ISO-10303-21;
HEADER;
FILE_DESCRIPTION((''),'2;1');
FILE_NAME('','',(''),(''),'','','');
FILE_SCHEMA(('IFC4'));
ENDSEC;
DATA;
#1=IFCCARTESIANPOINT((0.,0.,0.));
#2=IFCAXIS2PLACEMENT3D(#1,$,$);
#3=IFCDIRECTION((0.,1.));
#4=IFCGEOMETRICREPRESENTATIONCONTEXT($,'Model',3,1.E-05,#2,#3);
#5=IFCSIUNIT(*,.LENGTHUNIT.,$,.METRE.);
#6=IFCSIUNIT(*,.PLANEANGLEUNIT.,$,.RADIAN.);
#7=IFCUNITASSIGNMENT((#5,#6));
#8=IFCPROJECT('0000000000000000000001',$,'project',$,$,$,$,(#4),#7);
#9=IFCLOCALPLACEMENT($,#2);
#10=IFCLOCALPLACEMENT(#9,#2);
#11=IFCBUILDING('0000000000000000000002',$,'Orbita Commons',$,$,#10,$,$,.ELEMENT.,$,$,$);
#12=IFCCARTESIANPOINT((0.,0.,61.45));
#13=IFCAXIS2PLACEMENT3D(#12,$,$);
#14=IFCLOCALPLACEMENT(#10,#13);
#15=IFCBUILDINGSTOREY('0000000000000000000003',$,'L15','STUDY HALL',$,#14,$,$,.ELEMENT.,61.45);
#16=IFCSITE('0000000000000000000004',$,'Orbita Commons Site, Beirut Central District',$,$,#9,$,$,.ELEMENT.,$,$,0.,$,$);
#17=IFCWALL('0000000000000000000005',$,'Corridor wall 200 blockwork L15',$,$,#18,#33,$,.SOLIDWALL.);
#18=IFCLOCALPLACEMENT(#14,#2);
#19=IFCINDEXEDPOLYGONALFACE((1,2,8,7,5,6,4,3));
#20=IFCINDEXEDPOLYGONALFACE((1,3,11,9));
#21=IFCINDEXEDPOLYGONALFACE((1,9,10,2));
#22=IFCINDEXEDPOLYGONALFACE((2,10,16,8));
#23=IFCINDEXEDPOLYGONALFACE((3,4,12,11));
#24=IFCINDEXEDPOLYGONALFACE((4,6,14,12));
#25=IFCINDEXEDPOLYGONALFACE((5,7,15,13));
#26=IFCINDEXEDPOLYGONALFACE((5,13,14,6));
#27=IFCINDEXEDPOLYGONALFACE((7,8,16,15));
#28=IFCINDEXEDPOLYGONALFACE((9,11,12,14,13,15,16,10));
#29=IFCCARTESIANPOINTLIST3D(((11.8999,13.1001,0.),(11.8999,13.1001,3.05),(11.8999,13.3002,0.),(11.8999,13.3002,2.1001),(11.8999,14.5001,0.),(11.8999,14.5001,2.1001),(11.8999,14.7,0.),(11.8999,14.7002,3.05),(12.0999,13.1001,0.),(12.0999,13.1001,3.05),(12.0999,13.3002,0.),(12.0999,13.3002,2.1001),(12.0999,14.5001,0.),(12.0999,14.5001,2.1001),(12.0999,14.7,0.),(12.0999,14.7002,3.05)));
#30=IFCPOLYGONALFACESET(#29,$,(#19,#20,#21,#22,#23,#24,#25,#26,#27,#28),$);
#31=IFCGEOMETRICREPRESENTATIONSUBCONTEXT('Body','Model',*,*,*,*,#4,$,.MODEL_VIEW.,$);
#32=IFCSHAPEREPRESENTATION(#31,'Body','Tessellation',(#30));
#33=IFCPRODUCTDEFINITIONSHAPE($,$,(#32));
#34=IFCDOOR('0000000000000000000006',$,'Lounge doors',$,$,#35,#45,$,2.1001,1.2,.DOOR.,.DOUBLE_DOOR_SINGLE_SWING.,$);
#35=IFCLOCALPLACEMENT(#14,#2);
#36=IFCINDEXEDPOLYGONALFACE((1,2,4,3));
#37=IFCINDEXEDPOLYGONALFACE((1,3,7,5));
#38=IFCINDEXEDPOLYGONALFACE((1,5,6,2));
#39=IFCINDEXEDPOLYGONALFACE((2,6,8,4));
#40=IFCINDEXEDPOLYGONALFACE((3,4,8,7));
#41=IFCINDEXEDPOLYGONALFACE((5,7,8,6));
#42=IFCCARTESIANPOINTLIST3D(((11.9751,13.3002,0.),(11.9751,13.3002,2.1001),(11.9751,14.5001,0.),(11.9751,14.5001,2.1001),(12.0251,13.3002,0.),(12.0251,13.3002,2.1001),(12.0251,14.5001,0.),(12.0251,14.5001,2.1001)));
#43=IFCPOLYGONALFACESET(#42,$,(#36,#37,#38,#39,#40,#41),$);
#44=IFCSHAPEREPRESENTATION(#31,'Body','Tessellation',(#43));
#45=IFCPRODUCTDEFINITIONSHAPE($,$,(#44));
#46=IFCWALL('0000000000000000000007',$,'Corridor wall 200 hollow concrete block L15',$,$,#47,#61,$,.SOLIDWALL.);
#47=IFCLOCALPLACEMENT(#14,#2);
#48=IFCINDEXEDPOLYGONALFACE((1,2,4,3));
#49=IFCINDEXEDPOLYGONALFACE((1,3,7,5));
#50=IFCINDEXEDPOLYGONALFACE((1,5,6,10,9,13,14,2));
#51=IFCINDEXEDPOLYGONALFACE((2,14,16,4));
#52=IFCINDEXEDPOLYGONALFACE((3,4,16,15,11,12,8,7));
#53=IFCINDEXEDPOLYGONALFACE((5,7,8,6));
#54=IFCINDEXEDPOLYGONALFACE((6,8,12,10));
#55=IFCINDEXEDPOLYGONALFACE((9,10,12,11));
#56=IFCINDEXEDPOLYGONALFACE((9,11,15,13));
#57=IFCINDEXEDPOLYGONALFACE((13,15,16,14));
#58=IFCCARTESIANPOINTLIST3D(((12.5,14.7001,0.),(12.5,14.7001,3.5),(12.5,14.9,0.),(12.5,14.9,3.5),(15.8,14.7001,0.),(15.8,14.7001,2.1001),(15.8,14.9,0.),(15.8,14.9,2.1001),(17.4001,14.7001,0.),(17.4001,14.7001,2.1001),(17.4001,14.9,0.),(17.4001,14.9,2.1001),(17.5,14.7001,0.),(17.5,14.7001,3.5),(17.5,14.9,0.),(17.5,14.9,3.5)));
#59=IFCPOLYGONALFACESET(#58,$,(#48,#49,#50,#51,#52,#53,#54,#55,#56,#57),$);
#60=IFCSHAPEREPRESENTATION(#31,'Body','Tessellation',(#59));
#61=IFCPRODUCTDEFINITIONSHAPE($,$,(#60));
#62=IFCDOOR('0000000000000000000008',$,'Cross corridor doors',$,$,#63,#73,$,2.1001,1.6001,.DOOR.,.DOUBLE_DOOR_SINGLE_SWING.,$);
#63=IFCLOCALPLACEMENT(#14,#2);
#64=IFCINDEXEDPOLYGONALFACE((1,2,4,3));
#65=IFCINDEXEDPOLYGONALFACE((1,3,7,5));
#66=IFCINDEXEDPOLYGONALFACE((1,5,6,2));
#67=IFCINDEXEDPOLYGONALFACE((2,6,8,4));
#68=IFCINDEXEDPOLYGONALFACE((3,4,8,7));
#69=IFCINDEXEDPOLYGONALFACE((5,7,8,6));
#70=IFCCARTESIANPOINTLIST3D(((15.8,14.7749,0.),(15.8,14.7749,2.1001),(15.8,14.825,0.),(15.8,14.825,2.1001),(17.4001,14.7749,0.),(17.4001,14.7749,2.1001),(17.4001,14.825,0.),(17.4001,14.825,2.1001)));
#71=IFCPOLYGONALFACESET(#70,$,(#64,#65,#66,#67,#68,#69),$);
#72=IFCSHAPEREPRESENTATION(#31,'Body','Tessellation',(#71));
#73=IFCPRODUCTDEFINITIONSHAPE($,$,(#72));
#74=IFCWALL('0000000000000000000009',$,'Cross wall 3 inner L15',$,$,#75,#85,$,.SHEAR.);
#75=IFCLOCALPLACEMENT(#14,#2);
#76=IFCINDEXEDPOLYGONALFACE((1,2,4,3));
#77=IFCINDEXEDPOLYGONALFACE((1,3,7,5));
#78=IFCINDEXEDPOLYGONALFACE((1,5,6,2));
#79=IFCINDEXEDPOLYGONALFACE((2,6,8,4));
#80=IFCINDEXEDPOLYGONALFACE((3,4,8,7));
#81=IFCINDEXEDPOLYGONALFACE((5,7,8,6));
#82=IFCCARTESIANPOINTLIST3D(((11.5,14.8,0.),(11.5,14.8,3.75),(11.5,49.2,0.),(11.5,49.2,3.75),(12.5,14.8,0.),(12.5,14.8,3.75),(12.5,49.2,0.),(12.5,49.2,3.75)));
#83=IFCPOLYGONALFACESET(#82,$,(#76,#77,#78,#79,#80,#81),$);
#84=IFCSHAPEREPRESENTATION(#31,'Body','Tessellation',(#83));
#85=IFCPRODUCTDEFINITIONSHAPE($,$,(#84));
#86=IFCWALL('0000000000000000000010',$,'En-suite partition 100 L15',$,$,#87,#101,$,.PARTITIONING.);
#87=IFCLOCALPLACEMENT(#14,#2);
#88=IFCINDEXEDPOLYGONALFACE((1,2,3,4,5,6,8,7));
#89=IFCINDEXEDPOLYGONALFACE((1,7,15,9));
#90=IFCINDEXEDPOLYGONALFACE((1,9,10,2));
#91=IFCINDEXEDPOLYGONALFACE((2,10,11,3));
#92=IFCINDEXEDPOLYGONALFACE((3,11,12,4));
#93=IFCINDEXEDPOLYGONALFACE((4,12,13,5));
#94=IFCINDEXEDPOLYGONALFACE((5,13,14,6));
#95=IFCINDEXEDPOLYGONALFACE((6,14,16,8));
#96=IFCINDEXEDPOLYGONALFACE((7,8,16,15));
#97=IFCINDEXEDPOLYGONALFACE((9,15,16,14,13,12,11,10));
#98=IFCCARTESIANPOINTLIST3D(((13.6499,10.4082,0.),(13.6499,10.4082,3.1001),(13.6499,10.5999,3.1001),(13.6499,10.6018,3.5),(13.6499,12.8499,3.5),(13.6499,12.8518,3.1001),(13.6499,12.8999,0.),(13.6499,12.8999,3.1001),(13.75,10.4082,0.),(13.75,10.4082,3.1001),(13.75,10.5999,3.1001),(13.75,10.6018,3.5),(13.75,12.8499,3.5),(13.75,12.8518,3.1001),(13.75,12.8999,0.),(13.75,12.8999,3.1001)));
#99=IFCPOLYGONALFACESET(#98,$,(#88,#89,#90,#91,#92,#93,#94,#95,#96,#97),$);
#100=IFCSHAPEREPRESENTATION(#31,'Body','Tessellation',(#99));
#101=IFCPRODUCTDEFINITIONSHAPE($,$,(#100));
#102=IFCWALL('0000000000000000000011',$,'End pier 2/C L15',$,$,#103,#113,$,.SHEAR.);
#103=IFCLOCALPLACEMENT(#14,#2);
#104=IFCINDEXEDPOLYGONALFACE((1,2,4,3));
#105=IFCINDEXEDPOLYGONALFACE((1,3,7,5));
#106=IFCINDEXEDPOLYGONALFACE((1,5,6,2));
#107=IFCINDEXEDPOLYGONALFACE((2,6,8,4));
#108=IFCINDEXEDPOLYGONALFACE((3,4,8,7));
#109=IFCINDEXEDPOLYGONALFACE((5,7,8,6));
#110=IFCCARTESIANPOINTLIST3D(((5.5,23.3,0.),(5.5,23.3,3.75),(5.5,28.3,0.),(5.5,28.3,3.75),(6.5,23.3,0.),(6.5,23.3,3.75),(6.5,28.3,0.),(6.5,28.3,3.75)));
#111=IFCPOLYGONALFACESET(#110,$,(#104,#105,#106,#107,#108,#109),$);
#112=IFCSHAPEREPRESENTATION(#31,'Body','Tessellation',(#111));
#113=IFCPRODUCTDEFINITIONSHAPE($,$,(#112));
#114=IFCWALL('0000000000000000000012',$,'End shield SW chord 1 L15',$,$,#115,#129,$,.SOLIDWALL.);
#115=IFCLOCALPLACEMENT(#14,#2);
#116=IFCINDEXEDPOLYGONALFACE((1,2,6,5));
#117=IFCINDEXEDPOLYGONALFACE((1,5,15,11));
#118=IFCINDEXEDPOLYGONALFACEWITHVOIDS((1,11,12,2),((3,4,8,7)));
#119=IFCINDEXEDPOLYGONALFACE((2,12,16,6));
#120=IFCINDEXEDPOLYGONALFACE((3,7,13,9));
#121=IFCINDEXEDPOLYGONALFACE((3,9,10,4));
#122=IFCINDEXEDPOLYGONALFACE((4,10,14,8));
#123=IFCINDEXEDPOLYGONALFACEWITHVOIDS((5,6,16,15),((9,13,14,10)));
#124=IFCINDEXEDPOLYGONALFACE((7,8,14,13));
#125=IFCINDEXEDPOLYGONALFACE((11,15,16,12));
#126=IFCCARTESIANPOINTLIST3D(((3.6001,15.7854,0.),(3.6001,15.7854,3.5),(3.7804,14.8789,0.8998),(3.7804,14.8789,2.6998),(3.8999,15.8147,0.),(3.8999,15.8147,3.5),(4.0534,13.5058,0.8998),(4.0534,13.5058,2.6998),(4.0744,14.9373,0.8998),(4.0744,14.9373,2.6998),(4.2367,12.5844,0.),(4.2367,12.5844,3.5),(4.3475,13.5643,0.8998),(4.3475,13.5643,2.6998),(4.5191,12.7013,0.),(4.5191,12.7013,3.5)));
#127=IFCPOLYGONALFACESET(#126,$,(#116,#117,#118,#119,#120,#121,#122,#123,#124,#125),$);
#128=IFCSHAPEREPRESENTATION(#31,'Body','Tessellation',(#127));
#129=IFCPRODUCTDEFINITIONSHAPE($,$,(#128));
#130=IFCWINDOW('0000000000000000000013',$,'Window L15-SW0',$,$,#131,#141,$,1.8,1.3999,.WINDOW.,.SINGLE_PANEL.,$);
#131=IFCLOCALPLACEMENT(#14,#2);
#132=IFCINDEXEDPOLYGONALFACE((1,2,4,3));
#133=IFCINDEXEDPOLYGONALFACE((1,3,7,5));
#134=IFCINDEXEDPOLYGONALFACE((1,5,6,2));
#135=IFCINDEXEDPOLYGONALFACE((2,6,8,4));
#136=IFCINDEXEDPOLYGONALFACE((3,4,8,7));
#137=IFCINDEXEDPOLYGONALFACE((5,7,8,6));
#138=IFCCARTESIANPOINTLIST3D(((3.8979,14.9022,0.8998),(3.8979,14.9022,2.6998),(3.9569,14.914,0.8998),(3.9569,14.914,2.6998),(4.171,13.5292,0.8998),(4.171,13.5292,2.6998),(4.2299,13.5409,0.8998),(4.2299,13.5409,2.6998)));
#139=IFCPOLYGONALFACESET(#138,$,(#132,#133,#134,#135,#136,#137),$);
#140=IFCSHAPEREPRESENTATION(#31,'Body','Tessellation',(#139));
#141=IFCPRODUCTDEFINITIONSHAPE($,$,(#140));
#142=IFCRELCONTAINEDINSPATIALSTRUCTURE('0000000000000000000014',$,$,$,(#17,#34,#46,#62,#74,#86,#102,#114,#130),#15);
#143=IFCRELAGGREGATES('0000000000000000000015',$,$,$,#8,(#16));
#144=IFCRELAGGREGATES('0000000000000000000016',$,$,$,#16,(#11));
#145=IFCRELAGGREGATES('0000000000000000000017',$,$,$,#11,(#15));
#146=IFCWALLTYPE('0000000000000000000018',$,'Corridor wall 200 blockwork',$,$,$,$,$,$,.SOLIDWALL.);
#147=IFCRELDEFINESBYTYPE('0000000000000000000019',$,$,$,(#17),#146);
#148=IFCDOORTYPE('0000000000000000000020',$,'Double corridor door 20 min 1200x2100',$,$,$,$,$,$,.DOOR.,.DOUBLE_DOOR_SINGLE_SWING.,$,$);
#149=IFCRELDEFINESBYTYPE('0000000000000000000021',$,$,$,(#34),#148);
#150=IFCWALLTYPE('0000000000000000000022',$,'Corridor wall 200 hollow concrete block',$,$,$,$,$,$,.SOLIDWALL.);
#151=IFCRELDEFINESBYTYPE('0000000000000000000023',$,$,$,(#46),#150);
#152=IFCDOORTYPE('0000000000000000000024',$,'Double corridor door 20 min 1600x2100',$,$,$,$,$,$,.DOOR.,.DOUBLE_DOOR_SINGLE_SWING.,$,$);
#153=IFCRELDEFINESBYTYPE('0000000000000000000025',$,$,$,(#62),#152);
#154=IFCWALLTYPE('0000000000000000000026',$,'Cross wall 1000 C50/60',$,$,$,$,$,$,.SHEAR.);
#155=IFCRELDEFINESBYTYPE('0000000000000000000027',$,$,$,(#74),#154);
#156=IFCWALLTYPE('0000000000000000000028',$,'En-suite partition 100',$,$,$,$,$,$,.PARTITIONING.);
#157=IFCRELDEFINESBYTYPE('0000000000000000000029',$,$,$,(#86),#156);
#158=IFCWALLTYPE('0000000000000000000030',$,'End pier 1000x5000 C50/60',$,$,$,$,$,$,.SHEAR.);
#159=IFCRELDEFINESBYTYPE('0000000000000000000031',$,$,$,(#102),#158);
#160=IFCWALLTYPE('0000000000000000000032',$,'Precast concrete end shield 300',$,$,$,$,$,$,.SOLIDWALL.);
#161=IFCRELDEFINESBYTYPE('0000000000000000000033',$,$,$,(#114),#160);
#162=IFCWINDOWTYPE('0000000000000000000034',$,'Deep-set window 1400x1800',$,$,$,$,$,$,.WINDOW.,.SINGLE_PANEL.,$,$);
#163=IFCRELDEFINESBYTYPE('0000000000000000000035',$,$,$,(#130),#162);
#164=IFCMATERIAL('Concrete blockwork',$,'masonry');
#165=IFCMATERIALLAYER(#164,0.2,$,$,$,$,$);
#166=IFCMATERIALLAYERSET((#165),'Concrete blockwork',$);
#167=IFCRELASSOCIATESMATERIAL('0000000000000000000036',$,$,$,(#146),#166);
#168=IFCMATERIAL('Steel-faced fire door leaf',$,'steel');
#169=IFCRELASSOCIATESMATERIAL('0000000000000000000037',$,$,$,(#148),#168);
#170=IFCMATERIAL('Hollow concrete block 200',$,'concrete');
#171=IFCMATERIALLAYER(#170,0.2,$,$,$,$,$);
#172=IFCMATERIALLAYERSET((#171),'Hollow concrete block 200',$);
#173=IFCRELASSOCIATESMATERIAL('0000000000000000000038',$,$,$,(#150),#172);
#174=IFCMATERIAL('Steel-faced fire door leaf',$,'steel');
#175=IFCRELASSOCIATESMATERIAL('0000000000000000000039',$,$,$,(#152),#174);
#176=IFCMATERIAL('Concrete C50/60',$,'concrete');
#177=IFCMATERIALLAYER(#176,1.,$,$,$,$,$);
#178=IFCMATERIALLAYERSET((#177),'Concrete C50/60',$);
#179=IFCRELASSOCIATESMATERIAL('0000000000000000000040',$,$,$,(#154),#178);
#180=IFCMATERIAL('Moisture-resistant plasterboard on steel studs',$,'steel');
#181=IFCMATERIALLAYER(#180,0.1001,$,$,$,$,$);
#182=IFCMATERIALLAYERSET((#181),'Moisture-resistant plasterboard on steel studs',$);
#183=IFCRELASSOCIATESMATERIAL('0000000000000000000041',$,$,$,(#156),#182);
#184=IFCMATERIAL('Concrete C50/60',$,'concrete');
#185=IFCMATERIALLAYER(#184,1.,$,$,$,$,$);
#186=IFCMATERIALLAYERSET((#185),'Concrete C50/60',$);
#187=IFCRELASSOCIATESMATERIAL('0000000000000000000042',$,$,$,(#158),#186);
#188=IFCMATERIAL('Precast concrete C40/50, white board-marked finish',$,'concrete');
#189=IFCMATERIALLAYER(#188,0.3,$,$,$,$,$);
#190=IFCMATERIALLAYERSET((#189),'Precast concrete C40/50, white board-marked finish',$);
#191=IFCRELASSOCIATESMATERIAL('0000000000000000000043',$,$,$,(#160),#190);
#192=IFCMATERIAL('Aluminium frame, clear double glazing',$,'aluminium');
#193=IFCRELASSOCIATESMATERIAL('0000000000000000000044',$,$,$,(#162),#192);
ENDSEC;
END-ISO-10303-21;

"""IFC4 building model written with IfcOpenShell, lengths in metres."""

from ifc_helpers import new_model, si_unit, direction, frame, frame_2d, origin, place, context, subcontext, project, spatial, polyline, rectangle, outline, extrude, material, layer, layer_set, type_object, element, fill, save


model = new_model("IFC4")

# Units and contexts
model_context = context("Model", 3, precision=1e-05, world=origin(), true_north=direction((0.0, 1.0)))
body_context = subcontext(model_context, "Body", "Model", "MODEL_VIEW")
ifc_project = project(units=[si_unit("LENGTHUNIT", "METRE"), si_unit("PLANEANGLEUNIT", "RADIAN")], contexts=[model_context])

# Site, building, storey
site_placement = place(None, origin())
site = spatial("IfcSite", under=ifc_project, at=site_placement, Name="Orbita Commons Site, Beirut Central District", CompositionType="ELEMENT", RefElevation=0.0)
building_placement = place(site_placement, origin())
building = spatial("IfcBuilding", under=site, at=building_placement, Name="Orbita Commons", CompositionType="ELEMENT")
storey_placement = place(building_placement, frame((0.0, 0.0, 61.45)))
storey = spatial("IfcBuildingStorey", under=building, at=storey_placement, Name="L15", Description="STUDY HALL", CompositionType="ELEMENT", Elevation=61.45)

# Shared definitions
ifc_material_1 = material(Name="Concrete blockwork", Category="masonry")
ifc_layer_1 = layer(ifc_material_1, 0.2)
ifc_layer_set_1 = layer_set([ifc_layer_1], Name="Concrete blockwork")
wall_type_1 = type_object("IfcWallType", Name="Corridor wall 200 blockwork", PredefinedType="SOLIDWALL", material=ifc_layer_set_1)

# Walls, openings, doors
wall_1_placement = place(storey_placement, frame((12.0, 13.1001, 0.0), z_axis=(0.0, 0.0, 1.0), x_axis=(0.0, 1.0, 0.0)))
wall_1 = element("IfcWall", 1, at=wall_1_placement, inside=storey, type_object=wall_type_1, Name="Corridor wall 200 blockwork L15", PredefinedType="SOLIDWALL", context=body_context, shape_type="SweptSolid", body=[
    extrude(outline(polyline([(0.0, 0.0), (1.5999, 0.0), (1.6001, 3.05), (0.0, 3.05), (0.0, 0.0)])), frame((0.0, 0.1001, 0.0), z_axis=(0.0, -1.0, 0.0), x_axis=(1.0, 0.0, 0.0)), (0.0, 0.0, 1.0), 0.2),
])
opening_1_placement = place(wall_1_placement, frame((0.2, 0.0, 0.0)))
opening_1 = element("IfcOpeningElement", 2, at=opening_1_placement, cuts=wall_1, PredefinedType="OPENING", context=body_context, shape_type="SweptSolid", body=[
    extrude(rectangle(XDim=1.2, YDim=2.1001, at=frame_2d((0.6001, 1.05))), frame((0.0, 0.1099, 0.0), z_axis=(0.0, -1.0, 0.0), x_axis=(1.0, 0.0, 0.0)), (0.0, 0.0, 1.0), 0.22),
])
ifc_material_2 = material(Name="Steel-faced fire door leaf", Category="steel")
door_type_1 = type_object("IfcDoorType", Name="Double corridor door 20 min 1200x2100", OperationType="DOUBLE_DOOR_SINGLE_SWING", PredefinedType="DOOR", material=ifc_material_2)
door_1_placement = place(opening_1_placement, origin())
door_1 = element("IfcDoor", 3, at=door_1_placement, inside=storey, type_object=door_type_1, Name="Lounge doors", OperationType="DOUBLE_DOOR_SINGLE_SWING", OverallHeight=2.1001, OverallWidth=1.2, PredefinedType="DOOR", context=body_context, shape_type="SweptSolid", body=[
    extrude(rectangle(XDim=1.2, YDim=2.1001, at=frame_2d((0.6001, 1.05))), frame((0.0, 0.0249, 0.0), z_axis=(0.0, -1.0, 0.0), x_axis=(1.0, 0.0, 0.0)), (0.0, 0.0, 1.0), 0.05),
])
fill(opening_1, door_1)
ifc_material_3 = material(Name="Hollow concrete block 200", Category="concrete")
ifc_layer_2 = layer(ifc_material_3, 0.2)
ifc_layer_set_2 = layer_set([ifc_layer_2], Name="Hollow concrete block 200")
wall_type_2 = type_object("IfcWallType", Name="Corridor wall 200 hollow concrete block", PredefinedType="SOLIDWALL", material=ifc_layer_set_2)
wall_2_placement = place(storey_placement, frame((12.5, 14.8, 0.0), z_axis=(0.0, 0.0, 1.0), x_axis=(1.0, 0.0, 0.0)))
wall_2 = element("IfcWall", 4, at=wall_2_placement, inside=storey, type_object=wall_type_2, Name="Corridor wall 200 hollow concrete block L15", PredefinedType="SOLIDWALL", context=body_context, shape_type="SweptSolid", body=[
    extrude(rectangle(XDim=5.0, YDim=0.2, at=frame_2d((2.5, 0.0))), origin(), (0.0, 0.0, 1.0), 3.5),
])
opening_2_placement = place(wall_2_placement, frame((3.3, 0.0, 0.0)))
opening_2 = element("IfcOpeningElement", 5, at=opening_2_placement, cuts=wall_2, PredefinedType="OPENING", context=body_context, shape_type="SweptSolid", body=[
    extrude(rectangle(XDim=1.6001, YDim=2.1001, at=frame_2d((0.8, 1.05))), frame((0.0, 0.1099, 0.0), z_axis=(0.0, -1.0, 0.0), x_axis=(1.0, 0.0, 0.0)), (0.0, 0.0, 1.0), 0.22),
])
ifc_material_4 = material(Name="Steel-faced fire door leaf", Category="steel")
door_type_2 = type_object("IfcDoorType", Name="Double corridor door 20 min 1600x2100", OperationType="DOUBLE_DOOR_SINGLE_SWING", PredefinedType="DOOR", material=ifc_material_4)
door_2_placement = place(opening_2_placement, origin())
door_2 = element("IfcDoor", 6, at=door_2_placement, inside=storey, type_object=door_type_2, Name="Cross corridor doors", OperationType="DOUBLE_DOOR_SINGLE_SWING", OverallHeight=2.1001, OverallWidth=1.6001, PredefinedType="DOOR", context=body_context, shape_type="SweptSolid", body=[
    extrude(rectangle(XDim=1.6001, YDim=2.1001, at=frame_2d((0.8, 1.05))), frame((0.0, 0.0249, 0.0), z_axis=(0.0, -1.0, 0.0), x_axis=(1.0, 0.0, 0.0)), (0.0, 0.0, 1.0), 0.05),
])
fill(opening_2, door_2)

# Walls
ifc_material_5 = material(Name="Concrete C50/60", Category="concrete")
ifc_layer_3 = layer(ifc_material_5, 1.0)
ifc_layer_set_3 = layer_set([ifc_layer_3], Name="Concrete C50/60")
wall_type_3 = type_object("IfcWallType", Name="Cross wall 1000 C50/60", PredefinedType="SHEAR", material=ifc_layer_set_3)
wall_3_placement = place(storey_placement, frame((12.0, 14.8, 0.0), z_axis=(0.0, 0.0, 1.0), x_axis=(0.0, 1.0, 0.0)))
element("IfcWall", 7, at=wall_3_placement, inside=storey, type_object=wall_type_3, Name="Cross wall 3 inner L15", PredefinedType="SHEAR", context=body_context, shape_type="SweptSolid", body=[
    extrude(rectangle(XDim=34.3999, YDim=1.0, at=frame_2d((17.2, 0.0))), origin(), (0.0, 0.0, 1.0), 3.75),
])
ifc_material_6 = material(Name="Moisture-resistant plasterboard on steel studs", Category="steel")
ifc_layer_4 = layer(ifc_material_6, 0.1001)
ifc_layer_set_4 = layer_set([ifc_layer_4], Name="Moisture-resistant plasterboard on steel studs")
wall_type_4 = type_object("IfcWallType", Name="En-suite partition 100", PredefinedType="PARTITIONING", material=ifc_layer_set_4)
wall_4_placement = place(storey_placement, frame((13.7, 10.4082, 0.0), z_axis=(0.0, 0.0, 1.0), x_axis=(0.0, 1.0, 0.0)))
element("IfcWall", 8, at=wall_4_placement, inside=storey, type_object=wall_type_4, Name="En-suite partition 100 L15", PredefinedType="PARTITIONING", context=body_context, shape_type="SweptSolid", body=[
    extrude(outline(polyline([(0.0, 0.0), (2.4917, 0.0), (2.4917, 3.1001), (2.4436, 3.1001), (2.4417, 3.5), (0.1936, 3.5), (0.1917, 3.1001), (0.0, 3.1001), (0.0, 0.0)])), frame((0.0, 0.05, 0.0), z_axis=(0.0, -1.0, 0.0), x_axis=(1.0, 0.0, 0.0)), (0.0, 0.0, 1.0), 0.1001),
])
ifc_material_7 = material(Name="Concrete C50/60", Category="concrete")
ifc_layer_5 = layer(ifc_material_7, 1.0)
ifc_layer_set_5 = layer_set([ifc_layer_5], Name="Concrete C50/60")
wall_type_5 = type_object("IfcWallType", Name="End pier 1000x5000 C50/60", PredefinedType="SHEAR", material=ifc_layer_set_5)
wall_5_placement = place(storey_placement, frame((6.0, 23.3, 0.0), z_axis=(0.0, 0.0, 1.0), x_axis=(0.0, 1.0, 0.0)))
element("IfcWall", 9, at=wall_5_placement, inside=storey, type_object=wall_type_5, Name="End pier 2/C L15", PredefinedType="SHEAR", context=body_context, shape_type="SweptSolid", body=[
    extrude(rectangle(XDim=5.0, YDim=1.0, at=frame_2d((2.5, 0.0))), origin(), (0.0, 0.0, 1.0), 3.75),
])

# Wall, opening, window
ifc_material_8 = material(Name="Precast concrete C40/50, white board-marked finish", Category="concrete")
ifc_layer_6 = layer(ifc_material_8, 0.3)
ifc_layer_set_6 = layer_set([ifc_layer_6], Name="Precast concrete C40/50, white board-marked finish")
wall_type_6 = type_object("IfcWallType", Name="Precast concrete end shield 300", PredefinedType="SOLIDWALL", material=ifc_layer_set_6)
wall_6_placement = place(storey_placement, frame((3.75, 15.8, 0.0), z_axis=(0.0, 0.0, 1.0), x_axis=(0.195066, -0.98079, 0.0)))
wall_6 = element("IfcWall", 10, at=wall_6_placement, inside=storey, type_object=wall_type_6, Name="End shield SW chord 1 L15", PredefinedType="SOLIDWALL", context=body_context, shape_type="SweptSolid", body=[
    extrude(outline(polyline([(-0.0149, -0.1499), (3.2488, -0.1499), (3.1892, 0.1499), (0.0149, 0.1499), (-0.0149, -0.1499)])), origin(), (0.0, 0.0, 1.0), 3.5),
])
opening_3_placement = place(wall_6_placement, frame((0.9094, 0.0, 0.8999)))
opening_3 = element("IfcOpeningElement", 11, at=opening_3_placement, cuts=wall_6, PredefinedType="OPENING", context=body_context, shape_type="SweptSolid", body=[
    extrude(rectangle(XDim=1.3999, YDim=1.8, at=frame_2d((0.7, 0.8999))), frame((0.0, 0.1599, 0.0), z_axis=(0.0, -1.0, 0.0), x_axis=(1.0, 0.0, 0.0)), (0.0, 0.0, 1.0), 0.3201),
])
ifc_material_9 = material(Name="Aluminium frame, clear double glazing", Category="aluminium")
window_type = type_object("IfcWindowType", Name="Deep-set window 1400x1800", PartitioningType="SINGLE_PANEL", PredefinedType="WINDOW", material=ifc_material_9)
window_1_placement = place(opening_3_placement, origin())
window_1 = element("IfcWindow", 12, at=window_1_placement, inside=storey, type_object=window_type, Name="Window L15-SW0", OverallHeight=1.8, OverallWidth=1.3999, PartitioningType="SINGLE_PANEL", PredefinedType="WINDOW", context=body_context, shape_type="SweptSolid", body=[
    extrude(rectangle(XDim=1.3999, YDim=1.8, at=frame_2d((0.7, 0.8999))), frame((0.0, 0.03, 0.0), z_axis=(0.0, -1.0, 0.0), x_axis=(1.0, 0.0, 0.0)), (0.0, 0.0, 1.0), 0.0601),
])
fill(opening_3, window_1)

save(model, "model.ifc")
